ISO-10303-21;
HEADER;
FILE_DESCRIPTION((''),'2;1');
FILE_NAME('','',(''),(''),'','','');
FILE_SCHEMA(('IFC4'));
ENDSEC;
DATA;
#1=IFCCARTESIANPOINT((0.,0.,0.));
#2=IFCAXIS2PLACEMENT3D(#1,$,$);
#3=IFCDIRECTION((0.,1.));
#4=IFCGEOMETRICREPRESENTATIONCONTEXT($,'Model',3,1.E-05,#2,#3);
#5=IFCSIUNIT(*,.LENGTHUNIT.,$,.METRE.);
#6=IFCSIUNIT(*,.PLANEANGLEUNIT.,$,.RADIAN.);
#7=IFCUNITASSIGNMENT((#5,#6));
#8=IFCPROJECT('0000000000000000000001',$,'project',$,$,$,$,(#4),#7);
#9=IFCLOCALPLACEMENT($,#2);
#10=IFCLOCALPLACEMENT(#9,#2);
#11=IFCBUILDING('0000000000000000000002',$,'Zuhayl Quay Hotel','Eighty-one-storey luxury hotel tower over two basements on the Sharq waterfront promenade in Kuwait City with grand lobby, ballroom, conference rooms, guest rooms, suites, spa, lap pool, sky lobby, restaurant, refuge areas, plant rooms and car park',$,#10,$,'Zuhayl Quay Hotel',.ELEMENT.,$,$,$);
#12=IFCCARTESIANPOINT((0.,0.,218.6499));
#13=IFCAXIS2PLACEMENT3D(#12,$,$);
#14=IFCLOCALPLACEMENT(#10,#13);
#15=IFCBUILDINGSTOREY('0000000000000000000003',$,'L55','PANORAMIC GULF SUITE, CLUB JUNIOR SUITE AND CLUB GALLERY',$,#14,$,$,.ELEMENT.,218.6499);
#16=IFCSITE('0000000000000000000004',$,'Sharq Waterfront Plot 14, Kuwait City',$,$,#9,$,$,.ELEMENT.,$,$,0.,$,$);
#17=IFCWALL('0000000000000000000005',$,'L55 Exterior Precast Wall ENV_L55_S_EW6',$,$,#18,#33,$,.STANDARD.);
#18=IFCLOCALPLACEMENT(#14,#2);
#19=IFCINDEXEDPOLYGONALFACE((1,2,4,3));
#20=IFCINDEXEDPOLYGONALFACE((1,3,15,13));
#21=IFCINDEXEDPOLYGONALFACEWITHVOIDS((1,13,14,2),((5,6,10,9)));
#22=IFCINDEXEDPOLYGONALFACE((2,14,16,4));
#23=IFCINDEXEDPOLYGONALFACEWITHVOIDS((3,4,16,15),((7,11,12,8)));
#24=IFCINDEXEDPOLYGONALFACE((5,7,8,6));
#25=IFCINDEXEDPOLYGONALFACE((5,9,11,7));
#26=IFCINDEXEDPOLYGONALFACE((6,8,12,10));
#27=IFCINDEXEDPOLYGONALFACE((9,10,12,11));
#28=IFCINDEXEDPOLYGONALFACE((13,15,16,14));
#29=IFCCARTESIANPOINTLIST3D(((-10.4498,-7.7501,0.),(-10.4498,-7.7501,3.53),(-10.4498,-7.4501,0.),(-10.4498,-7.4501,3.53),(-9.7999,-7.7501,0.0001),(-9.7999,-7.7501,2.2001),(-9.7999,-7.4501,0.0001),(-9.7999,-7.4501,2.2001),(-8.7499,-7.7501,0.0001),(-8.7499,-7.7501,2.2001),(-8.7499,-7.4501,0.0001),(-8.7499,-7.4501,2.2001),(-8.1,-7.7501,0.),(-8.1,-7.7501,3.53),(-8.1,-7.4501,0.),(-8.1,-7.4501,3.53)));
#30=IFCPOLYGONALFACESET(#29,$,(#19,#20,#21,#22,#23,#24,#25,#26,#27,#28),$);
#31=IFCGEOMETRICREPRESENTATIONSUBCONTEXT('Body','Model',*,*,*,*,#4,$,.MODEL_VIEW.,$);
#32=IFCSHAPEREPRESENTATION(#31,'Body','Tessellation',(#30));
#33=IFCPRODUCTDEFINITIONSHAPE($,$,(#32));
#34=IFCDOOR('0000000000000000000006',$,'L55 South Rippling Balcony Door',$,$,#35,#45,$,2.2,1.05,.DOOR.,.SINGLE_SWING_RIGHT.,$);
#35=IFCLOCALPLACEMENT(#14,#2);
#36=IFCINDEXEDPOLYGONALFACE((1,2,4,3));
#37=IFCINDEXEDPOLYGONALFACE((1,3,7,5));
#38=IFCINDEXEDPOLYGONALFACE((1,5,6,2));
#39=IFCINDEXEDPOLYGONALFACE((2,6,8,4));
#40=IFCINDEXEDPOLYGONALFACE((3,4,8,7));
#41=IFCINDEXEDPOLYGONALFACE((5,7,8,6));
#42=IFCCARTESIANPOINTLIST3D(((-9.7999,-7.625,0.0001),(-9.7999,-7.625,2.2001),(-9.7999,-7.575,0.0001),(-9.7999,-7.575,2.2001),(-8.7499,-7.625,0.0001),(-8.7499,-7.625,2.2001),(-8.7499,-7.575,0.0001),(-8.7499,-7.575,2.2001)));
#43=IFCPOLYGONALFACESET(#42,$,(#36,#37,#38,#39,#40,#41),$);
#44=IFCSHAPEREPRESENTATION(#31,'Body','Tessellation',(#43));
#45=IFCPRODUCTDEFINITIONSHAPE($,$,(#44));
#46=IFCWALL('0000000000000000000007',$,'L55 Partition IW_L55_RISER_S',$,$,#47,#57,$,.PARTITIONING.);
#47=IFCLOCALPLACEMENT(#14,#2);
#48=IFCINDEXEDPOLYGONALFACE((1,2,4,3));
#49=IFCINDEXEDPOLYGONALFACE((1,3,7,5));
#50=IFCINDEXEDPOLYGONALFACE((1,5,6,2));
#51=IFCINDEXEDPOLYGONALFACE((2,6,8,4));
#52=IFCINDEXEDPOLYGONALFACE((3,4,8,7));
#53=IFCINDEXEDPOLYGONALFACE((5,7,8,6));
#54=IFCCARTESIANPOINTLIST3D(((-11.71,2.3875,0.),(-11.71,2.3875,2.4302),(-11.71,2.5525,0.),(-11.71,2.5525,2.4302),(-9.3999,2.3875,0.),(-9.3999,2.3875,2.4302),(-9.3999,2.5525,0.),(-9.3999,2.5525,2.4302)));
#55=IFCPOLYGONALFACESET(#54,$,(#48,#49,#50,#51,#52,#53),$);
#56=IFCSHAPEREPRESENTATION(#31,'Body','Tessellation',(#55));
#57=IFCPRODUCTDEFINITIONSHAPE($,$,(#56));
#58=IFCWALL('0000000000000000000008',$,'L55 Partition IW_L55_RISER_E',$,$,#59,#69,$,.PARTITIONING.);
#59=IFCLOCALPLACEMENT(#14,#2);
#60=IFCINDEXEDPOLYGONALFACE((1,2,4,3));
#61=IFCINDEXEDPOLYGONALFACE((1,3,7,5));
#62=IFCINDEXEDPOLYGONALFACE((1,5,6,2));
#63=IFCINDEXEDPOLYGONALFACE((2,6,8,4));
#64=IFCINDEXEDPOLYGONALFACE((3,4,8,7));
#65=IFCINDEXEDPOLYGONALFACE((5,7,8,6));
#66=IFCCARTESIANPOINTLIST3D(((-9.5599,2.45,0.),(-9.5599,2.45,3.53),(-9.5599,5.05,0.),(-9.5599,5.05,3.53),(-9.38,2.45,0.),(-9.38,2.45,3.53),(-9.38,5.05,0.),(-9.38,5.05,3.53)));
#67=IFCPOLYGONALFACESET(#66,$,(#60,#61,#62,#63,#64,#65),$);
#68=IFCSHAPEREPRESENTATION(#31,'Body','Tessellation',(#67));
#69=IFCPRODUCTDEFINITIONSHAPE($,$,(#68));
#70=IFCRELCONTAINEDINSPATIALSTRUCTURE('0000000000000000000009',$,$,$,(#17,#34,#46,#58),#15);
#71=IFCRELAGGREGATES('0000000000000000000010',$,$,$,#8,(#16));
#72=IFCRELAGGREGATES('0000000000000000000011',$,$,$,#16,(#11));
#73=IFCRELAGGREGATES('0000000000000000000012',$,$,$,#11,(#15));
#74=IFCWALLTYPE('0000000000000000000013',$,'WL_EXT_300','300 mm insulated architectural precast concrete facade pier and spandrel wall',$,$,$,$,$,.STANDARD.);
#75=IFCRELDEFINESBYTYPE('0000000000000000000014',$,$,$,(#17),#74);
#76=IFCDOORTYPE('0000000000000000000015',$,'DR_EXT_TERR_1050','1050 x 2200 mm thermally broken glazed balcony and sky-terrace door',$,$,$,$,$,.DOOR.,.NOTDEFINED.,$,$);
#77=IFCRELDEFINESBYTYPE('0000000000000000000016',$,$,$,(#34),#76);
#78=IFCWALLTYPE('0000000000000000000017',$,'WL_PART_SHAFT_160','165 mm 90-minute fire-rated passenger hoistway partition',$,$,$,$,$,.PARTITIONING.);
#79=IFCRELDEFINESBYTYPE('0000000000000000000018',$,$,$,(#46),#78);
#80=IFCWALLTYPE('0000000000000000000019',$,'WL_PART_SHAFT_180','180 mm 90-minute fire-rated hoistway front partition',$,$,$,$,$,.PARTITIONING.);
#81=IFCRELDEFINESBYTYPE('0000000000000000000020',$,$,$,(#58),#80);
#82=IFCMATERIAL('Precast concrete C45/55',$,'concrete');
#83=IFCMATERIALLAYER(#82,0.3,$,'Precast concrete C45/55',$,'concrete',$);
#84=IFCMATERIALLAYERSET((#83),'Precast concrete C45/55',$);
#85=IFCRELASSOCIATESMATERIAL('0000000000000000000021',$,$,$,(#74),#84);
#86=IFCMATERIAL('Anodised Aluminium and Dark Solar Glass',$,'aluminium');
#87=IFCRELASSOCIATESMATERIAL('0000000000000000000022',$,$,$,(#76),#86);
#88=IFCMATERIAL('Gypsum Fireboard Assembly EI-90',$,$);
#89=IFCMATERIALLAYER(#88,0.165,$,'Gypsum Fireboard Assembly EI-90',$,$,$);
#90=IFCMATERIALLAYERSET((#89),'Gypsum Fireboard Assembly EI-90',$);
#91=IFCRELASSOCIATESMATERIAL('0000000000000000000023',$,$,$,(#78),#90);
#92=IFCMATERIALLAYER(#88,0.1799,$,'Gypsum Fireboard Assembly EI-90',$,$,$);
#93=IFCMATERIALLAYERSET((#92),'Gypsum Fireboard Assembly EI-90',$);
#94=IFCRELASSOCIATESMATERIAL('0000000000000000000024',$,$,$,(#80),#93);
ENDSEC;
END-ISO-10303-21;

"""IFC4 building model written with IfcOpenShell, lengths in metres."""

from ifc_helpers import new_model, si_unit, direction, frame, frame_2d, origin, place, context, subcontext, project, spatial, rectangle, extrude, material, layer, layer_set, type_object, element, fill, save


model = new_model("IFC4")

# Units and contexts
model_context = context("Model", 3, precision=1e-05, world=origin(), true_north=direction((0.0, 1.0)))
body_context = subcontext(model_context, "Body", "Model", "MODEL_VIEW")
ifc_project = project(units=[si_unit("LENGTHUNIT", "METRE"), si_unit("PLANEANGLEUNIT", "RADIAN")], contexts=[model_context])

# Site, building, storey
site_placement = place(None, origin())
site = spatial("IfcSite", under=ifc_project, at=site_placement, Name="Sharq Waterfront Plot 14, Kuwait City", CompositionType="ELEMENT", RefElevation=0.0)
building_placement = place(site_placement, origin())
building = spatial("IfcBuilding", under=site, at=building_placement, Name="Zuhayl Quay Hotel", Description="Eighty-one-storey luxury hotel tower over two basements on the Sharq waterfront promenade in Kuwait City with grand lobby, ballroom, conference rooms, guest rooms, suites, spa, lap pool, sky lobby, restaurant, refuge areas, plant rooms and car park", LongName="Zuhayl Quay Hotel", CompositionType="ELEMENT")
storey_placement = place(building_placement, frame((0.0, 0.0, 218.6499)))
storey = spatial("IfcBuildingStorey", under=building, at=storey_placement, Name="L55", Description="PANORAMIC GULF SUITE, CLUB JUNIOR SUITE AND CLUB GALLERY", CompositionType="ELEMENT", Elevation=218.6499)

# Shared definitions
ifc_material_1 = material(Name="Precast concrete C45/55", Category="concrete")
ifc_layer_1 = layer(ifc_material_1, 0.3, Name="Precast concrete C45/55", Category="concrete")
ifc_layer_set_1 = layer_set([ifc_layer_1], Name="Precast concrete C45/55")
wall_type_1 = type_object("IfcWallType", Name="WL_EXT_300", Description="300 mm insulated architectural precast concrete facade pier and spandrel wall", PredefinedType="STANDARD", material=ifc_layer_set_1)

# Wall, opening, door
wall_1_placement = place(storey_placement, frame((-8.1001, -7.6001, 0.0), z_axis=(0.0, 0.0, 1.0), x_axis=(-1.0, 0.0, 0.0)))
wall_1 = element("IfcWall", 1, at=wall_1_placement, inside=storey, type_object=wall_type_1, Name="L55 Exterior Precast Wall ENV_L55_S_EW6", PredefinedType="STANDARD", context=body_context, shape_type="SweptSolid", body=[
    extrude(rectangle(XDim=2.3499, YDim=0.3, at=frame_2d((1.1748, 0.0))), origin(), (0.0, 0.0, 1.0), 3.53),
])
opening_placement = place(wall_1_placement, frame((0.6499, 0.0, 0.0)))
opening = element("IfcOpeningElement", 2, at=opening_placement, cuts=wall_1, PredefinedType="OPENING", context=body_context, shape_type="SweptSolid", body=[
    extrude(rectangle(XDim=1.05, YDim=2.2, at=frame_2d((0.5249, 1.1001))), frame((0.0, 0.1599, 0.0), z_axis=(0.0, -1.0, 0.0), x_axis=(1.0, 0.0, 0.0)), (0.0, 0.0, 1.0), 0.3201),
])
ifc_material_2 = material(Name="Anodised Aluminium and Dark Solar Glass", Category="aluminium")
door_type = type_object("IfcDoorType", Name="DR_EXT_TERR_1050", Description="1050 x 2200 mm thermally broken glazed balcony and sky-terrace door", OperationType="NOTDEFINED", PredefinedType="DOOR", material=ifc_material_2)
door_placement = place(opening_placement, origin())
door = element("IfcDoor", 3, at=door_placement, inside=storey, type_object=door_type, Name="L55 South Rippling Balcony Door", OperationType="SINGLE_SWING_RIGHT", OverallHeight=2.2, OverallWidth=1.05, PredefinedType="DOOR", context=body_context, shape_type="SweptSolid", body=[
    extrude(rectangle(XDim=1.05, YDim=2.2, at=frame_2d((0.5249, 1.1001))), frame((0.0, 0.0249, 0.0), z_axis=(0.0, -1.0, 0.0), x_axis=(1.0, 0.0, 0.0)), (0.0, 0.0, 1.0), 0.05),
])
fill(opening, door)

# Walls
ifc_material_3 = material(Name="Gypsum Fireboard Assembly EI-90")
ifc_layer_2 = layer(ifc_material_3, 0.165, Name="Gypsum Fireboard Assembly EI-90")
ifc_layer_set_2 = layer_set([ifc_layer_2], Name="Gypsum Fireboard Assembly EI-90")
wall_type_2 = type_object("IfcWallType", Name="WL_PART_SHAFT_160", Description="165 mm 90-minute fire-rated passenger hoistway partition", PredefinedType="PARTITIONING", material=ifc_layer_set_2)
wall_2_placement = place(storey_placement, frame((-11.71, 2.47, 0.0), z_axis=(0.0, 0.0, 1.0), x_axis=(1.0, 0.0, 0.0)))
element("IfcWall", 4, at=wall_2_placement, inside=storey, type_object=wall_type_2, Name="L55 Partition IW_L55_RISER_S", PredefinedType="PARTITIONING", context=body_context, shape_type="SweptSolid", body=[
    extrude(rectangle(XDim=2.3101, YDim=0.165, at=frame_2d((1.155, 0.0))), origin(), (0.0, 0.0, 1.0), 2.4302),
])
ifc_layer_3 = layer(ifc_material_3, 0.1799, Name="Gypsum Fireboard Assembly EI-90")
ifc_layer_set_3 = layer_set([ifc_layer_3], Name="Gypsum Fireboard Assembly EI-90")
wall_type_3 = type_object("IfcWallType", Name="WL_PART_SHAFT_180", Description="180 mm 90-minute fire-rated hoistway front partition", PredefinedType="PARTITIONING", material=ifc_layer_set_3)
wall_3_placement = place(storey_placement, frame((-9.47, 2.45, 0.0), z_axis=(0.0, 0.0, 1.0), x_axis=(0.0, 1.0, 0.0)))
element("IfcWall", 5, at=wall_3_placement, inside=storey, type_object=wall_type_3, Name="L55 Partition IW_L55_RISER_E", PredefinedType="PARTITIONING", context=body_context, shape_type="SweptSolid", body=[
    extrude(rectangle(XDim=2.6001, YDim=0.1799, at=frame_2d((1.3, 0.0))), origin(), (0.0, 0.0, 1.0), 3.53),
])

save(model, "model.ifc")
